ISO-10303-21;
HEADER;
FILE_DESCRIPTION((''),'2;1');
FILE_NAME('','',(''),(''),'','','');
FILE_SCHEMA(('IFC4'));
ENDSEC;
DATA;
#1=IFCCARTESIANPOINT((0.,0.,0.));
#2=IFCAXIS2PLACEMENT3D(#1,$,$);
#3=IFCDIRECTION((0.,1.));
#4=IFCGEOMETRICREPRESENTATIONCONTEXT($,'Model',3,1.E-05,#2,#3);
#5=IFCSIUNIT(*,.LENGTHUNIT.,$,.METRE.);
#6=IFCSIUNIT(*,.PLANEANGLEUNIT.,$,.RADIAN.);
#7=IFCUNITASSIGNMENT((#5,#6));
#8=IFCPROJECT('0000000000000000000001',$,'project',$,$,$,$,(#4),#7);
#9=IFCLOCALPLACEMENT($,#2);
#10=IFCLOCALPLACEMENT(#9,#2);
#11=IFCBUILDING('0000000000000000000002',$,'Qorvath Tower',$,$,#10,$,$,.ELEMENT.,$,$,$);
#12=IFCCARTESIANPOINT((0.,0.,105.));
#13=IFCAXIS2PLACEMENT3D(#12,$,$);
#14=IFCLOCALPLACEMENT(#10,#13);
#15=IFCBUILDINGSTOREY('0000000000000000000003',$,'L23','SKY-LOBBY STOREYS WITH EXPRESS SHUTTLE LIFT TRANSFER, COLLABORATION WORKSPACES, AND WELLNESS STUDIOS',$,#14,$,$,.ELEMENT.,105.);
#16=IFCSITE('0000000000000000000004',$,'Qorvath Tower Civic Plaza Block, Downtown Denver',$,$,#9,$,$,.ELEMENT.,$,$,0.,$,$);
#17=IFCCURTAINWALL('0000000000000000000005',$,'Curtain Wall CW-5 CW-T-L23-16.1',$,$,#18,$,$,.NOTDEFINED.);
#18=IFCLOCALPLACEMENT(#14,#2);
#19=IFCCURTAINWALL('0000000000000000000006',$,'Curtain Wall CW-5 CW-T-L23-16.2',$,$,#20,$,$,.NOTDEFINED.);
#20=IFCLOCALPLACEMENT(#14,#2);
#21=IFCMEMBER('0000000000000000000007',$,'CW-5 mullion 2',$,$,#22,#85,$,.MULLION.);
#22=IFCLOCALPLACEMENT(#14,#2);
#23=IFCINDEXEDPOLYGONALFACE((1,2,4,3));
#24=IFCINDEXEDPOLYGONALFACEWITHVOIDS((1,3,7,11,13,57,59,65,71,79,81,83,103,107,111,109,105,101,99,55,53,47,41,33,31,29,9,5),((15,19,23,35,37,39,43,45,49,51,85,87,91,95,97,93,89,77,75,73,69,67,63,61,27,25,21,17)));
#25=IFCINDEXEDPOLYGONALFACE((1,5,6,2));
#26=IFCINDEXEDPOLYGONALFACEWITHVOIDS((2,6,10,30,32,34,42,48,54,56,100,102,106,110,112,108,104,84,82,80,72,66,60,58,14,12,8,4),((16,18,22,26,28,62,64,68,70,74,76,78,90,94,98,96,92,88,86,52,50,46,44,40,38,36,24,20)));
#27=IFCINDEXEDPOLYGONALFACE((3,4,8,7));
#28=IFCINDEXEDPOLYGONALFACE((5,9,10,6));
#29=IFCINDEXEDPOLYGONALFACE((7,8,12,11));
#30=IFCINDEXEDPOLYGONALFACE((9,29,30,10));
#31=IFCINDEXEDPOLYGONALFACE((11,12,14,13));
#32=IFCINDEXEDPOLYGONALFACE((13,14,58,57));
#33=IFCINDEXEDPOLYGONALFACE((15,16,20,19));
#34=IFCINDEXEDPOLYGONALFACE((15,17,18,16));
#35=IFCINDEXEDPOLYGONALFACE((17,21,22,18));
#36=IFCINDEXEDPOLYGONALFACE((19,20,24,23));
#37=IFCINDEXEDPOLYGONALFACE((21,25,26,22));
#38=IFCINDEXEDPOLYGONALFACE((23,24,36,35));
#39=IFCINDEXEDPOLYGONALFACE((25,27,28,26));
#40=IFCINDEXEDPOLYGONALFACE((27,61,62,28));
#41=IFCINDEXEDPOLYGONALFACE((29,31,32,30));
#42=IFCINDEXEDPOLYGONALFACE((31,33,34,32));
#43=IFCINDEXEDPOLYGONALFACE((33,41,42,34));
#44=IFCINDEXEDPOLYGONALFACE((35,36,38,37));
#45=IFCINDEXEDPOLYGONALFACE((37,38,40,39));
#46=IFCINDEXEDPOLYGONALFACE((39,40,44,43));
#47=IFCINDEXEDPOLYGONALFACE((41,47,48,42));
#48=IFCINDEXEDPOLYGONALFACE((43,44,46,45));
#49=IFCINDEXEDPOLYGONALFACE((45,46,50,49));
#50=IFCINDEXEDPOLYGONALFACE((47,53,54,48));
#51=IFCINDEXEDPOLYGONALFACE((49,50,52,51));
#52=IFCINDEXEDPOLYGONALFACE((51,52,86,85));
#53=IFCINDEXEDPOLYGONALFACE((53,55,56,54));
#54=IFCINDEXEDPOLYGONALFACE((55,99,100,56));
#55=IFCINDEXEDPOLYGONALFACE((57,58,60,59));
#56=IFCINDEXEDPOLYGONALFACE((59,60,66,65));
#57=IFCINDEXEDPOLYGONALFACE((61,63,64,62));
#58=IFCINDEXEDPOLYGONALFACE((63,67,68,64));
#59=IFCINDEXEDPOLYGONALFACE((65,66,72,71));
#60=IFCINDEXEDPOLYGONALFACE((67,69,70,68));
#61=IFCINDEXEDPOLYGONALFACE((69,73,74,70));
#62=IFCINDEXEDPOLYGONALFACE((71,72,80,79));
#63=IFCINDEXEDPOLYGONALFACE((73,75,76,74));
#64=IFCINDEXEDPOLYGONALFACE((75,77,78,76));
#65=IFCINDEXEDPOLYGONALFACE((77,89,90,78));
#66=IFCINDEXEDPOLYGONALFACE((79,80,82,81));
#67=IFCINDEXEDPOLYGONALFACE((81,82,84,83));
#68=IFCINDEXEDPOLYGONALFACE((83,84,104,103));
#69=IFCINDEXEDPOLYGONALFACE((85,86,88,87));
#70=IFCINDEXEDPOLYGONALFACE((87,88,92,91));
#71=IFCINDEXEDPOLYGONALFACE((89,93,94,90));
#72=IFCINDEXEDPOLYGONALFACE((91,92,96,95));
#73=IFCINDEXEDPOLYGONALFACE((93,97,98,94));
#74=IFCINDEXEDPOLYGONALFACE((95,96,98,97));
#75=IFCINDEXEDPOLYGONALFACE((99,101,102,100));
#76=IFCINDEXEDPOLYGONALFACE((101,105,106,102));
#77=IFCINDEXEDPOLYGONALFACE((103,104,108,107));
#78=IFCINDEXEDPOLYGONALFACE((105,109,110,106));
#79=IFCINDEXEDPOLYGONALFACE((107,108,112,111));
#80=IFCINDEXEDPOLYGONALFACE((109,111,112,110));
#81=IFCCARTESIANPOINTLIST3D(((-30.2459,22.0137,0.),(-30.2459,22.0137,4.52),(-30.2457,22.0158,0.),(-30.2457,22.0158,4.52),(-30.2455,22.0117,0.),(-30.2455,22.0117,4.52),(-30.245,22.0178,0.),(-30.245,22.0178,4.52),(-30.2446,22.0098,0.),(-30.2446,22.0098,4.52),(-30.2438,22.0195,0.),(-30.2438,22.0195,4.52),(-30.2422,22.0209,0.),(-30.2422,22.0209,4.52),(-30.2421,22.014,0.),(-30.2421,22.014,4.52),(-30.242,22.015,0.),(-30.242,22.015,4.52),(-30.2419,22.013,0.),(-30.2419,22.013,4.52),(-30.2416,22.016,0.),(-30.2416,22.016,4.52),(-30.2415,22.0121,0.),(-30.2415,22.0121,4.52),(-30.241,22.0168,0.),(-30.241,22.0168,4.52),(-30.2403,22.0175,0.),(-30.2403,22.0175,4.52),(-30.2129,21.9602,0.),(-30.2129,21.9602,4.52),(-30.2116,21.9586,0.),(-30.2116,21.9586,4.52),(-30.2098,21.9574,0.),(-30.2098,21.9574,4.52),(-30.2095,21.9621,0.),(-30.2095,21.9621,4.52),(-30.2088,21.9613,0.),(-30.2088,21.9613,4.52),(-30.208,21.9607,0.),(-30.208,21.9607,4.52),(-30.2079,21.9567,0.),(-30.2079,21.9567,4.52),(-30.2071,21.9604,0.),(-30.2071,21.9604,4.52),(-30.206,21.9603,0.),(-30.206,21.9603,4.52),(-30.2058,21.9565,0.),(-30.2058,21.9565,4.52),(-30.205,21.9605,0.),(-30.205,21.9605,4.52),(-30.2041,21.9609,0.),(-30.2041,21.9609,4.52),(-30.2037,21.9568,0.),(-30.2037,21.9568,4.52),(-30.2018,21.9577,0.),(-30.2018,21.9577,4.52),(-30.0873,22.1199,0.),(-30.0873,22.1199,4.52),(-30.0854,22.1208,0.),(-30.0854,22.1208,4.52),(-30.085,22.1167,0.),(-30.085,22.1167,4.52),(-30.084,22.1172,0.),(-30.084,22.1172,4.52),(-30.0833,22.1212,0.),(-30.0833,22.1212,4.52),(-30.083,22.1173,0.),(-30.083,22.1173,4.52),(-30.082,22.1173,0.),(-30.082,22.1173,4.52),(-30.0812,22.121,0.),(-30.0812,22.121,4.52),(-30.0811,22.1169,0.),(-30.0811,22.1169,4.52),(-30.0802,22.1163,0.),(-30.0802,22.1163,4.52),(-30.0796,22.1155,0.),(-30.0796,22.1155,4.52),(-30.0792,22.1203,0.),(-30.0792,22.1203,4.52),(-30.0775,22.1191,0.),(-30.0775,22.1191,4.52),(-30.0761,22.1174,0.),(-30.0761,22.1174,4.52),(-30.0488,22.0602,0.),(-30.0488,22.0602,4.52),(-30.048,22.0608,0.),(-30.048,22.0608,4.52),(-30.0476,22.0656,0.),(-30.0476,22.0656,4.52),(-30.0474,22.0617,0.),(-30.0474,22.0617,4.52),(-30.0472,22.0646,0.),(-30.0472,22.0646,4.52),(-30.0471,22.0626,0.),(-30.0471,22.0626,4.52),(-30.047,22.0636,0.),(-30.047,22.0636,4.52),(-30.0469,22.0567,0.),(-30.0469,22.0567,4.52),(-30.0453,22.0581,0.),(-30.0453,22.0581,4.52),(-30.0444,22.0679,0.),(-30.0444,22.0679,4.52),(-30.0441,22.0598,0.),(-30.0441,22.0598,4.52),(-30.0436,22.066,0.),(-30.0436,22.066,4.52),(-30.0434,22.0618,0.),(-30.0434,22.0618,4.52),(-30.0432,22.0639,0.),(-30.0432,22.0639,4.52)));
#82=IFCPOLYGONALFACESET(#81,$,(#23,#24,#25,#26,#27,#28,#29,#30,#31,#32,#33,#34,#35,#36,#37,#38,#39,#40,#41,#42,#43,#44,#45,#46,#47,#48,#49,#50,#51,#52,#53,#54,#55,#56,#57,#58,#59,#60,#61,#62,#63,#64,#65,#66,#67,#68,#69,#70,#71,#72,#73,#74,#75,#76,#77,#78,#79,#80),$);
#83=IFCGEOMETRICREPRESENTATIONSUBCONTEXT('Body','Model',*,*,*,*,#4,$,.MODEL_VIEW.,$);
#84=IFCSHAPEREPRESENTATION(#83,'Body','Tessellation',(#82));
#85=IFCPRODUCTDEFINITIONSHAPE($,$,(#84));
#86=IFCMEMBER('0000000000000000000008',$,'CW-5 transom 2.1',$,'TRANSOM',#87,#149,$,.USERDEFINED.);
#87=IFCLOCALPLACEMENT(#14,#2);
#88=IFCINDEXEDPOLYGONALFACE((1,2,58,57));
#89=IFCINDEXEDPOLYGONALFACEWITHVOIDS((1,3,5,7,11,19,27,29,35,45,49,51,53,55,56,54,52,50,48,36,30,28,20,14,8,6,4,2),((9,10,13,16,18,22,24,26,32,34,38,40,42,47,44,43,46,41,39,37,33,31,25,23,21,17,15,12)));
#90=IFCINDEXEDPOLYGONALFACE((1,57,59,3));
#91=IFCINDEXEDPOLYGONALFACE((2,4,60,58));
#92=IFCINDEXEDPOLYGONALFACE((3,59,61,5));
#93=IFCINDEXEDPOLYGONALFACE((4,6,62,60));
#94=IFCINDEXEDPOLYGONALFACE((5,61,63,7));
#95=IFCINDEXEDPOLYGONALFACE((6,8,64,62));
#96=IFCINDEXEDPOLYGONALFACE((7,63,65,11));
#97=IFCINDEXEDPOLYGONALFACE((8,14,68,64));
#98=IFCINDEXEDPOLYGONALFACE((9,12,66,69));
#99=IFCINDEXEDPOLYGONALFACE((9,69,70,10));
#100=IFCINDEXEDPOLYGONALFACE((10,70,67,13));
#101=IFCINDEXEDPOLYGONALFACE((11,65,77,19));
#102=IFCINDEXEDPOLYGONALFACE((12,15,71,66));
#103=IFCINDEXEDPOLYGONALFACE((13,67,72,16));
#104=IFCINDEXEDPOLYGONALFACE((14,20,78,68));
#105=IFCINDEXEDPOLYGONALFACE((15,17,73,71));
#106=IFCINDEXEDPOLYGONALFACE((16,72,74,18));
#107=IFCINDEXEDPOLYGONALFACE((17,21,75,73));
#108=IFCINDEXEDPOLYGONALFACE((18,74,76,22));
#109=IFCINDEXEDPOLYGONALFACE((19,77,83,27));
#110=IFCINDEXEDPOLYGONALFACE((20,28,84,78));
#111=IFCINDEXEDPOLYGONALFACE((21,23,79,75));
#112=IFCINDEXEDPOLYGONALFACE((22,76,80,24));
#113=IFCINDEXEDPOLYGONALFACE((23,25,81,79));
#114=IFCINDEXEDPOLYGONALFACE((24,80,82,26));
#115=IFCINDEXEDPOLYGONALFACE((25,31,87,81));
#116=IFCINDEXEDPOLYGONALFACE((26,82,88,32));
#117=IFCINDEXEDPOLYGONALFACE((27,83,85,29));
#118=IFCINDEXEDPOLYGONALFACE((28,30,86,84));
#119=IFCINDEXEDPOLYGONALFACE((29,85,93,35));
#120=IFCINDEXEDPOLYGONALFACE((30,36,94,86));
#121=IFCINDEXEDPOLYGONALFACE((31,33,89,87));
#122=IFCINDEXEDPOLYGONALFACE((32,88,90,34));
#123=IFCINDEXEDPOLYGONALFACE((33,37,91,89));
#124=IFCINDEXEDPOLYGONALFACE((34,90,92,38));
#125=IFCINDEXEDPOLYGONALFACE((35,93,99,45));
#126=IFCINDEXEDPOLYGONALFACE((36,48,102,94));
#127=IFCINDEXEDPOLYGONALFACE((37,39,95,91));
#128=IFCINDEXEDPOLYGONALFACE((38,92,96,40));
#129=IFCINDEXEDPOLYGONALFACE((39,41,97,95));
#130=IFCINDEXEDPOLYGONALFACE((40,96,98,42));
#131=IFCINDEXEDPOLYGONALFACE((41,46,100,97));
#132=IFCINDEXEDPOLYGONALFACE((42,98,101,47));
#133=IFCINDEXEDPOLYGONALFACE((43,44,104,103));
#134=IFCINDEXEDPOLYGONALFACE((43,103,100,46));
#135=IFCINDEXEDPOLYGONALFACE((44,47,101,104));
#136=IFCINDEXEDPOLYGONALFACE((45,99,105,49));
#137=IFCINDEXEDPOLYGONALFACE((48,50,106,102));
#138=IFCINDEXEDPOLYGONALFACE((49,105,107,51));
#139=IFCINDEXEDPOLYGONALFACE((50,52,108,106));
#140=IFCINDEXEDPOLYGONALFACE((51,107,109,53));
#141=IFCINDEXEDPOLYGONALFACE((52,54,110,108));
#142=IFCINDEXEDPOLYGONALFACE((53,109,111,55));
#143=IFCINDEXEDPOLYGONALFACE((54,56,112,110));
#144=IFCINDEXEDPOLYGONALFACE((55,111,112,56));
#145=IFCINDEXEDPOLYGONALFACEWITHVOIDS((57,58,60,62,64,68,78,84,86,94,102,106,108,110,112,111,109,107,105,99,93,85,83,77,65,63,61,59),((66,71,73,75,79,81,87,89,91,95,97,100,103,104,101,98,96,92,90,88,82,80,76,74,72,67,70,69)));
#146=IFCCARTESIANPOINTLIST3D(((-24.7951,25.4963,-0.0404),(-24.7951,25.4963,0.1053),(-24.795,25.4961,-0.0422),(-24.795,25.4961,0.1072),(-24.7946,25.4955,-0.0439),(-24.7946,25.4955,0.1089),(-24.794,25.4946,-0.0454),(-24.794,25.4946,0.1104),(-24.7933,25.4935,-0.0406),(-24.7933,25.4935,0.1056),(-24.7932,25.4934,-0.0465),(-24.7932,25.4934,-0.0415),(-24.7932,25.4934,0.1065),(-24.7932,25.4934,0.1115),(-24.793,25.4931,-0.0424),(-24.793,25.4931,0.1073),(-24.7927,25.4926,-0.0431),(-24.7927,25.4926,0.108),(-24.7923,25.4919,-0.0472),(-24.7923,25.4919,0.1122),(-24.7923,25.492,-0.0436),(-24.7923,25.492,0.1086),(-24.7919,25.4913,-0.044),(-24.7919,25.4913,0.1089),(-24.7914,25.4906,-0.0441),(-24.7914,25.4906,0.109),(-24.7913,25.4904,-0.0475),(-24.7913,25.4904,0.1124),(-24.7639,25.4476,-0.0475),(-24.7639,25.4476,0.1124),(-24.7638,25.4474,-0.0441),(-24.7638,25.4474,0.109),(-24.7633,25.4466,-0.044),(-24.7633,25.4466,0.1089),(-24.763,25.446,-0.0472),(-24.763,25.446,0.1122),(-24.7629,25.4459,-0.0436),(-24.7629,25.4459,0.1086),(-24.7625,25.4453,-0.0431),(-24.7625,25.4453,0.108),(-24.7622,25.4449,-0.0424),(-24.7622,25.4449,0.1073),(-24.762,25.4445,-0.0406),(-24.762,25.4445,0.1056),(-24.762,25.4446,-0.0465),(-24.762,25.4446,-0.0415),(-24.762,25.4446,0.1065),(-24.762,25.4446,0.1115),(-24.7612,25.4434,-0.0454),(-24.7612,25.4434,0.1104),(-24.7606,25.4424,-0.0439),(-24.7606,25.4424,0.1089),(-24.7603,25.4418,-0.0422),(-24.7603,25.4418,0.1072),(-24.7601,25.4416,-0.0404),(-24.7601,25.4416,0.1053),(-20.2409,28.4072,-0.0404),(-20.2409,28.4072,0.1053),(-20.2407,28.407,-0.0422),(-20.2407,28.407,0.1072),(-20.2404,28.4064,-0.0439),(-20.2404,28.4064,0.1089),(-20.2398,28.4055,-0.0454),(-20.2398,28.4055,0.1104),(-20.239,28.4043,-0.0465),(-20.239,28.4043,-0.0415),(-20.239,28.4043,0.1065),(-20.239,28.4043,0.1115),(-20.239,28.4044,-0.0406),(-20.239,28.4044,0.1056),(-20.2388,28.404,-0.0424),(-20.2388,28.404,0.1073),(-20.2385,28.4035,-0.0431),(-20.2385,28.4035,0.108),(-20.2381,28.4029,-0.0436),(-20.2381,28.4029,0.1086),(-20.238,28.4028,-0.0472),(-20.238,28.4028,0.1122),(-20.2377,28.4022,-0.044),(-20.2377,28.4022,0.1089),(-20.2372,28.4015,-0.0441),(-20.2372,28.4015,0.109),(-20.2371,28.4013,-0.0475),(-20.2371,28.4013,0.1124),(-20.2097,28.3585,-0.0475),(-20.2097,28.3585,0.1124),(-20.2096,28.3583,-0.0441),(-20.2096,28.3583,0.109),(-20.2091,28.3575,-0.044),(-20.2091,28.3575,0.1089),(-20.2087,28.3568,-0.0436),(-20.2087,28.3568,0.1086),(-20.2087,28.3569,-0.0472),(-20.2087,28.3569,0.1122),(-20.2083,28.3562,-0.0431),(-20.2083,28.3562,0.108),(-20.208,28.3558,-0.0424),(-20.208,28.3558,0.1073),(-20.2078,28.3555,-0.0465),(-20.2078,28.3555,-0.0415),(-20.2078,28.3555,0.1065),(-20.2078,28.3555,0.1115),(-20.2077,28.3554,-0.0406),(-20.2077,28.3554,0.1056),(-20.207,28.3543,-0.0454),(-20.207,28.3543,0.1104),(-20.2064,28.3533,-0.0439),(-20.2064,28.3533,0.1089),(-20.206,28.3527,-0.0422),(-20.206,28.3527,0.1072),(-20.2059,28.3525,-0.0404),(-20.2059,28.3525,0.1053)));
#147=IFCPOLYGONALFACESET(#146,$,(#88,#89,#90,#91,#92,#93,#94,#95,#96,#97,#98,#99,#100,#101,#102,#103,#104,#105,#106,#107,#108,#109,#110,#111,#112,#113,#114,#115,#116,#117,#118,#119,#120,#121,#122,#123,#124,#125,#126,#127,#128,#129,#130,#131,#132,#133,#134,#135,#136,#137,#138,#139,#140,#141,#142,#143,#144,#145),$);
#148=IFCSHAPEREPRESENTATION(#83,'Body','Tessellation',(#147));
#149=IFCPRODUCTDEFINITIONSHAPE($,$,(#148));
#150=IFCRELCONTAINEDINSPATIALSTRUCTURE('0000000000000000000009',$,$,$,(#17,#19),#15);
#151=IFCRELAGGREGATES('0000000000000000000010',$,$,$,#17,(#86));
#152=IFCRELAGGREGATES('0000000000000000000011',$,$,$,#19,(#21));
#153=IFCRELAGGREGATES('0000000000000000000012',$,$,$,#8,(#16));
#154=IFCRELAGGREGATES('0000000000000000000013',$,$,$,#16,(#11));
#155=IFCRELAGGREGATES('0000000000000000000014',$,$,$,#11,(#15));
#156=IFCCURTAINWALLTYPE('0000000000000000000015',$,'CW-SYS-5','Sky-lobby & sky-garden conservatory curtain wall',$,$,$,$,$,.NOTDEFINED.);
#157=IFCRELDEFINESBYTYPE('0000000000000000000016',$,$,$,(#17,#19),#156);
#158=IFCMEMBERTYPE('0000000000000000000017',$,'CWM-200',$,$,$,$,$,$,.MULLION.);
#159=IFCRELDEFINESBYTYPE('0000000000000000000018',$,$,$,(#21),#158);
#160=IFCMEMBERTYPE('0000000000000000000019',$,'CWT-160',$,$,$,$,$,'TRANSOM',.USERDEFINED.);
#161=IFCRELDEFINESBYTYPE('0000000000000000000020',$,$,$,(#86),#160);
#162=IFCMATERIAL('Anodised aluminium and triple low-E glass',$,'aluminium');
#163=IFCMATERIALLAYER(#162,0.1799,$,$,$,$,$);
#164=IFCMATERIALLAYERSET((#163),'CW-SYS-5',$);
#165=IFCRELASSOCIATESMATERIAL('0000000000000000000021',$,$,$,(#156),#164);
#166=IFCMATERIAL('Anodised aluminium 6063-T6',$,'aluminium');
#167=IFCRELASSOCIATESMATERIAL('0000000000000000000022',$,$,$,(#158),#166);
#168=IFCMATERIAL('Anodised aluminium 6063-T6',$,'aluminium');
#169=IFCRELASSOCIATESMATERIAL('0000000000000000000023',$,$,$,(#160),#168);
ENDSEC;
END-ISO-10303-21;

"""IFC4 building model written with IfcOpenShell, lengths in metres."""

from ifc_helpers import new_model, si_unit, direction, frame, origin, origin_2d, place, context, subcontext, project, spatial, hollow_rectangle, extrude, material, layer, layer_set, material_profile, profile_set, type_object, element, aggregate, save


model = new_model("IFC4")

# Units and contexts
model_context = context("Model", 3, precision=1e-05, world=origin(), true_north=direction((0.0, 1.0)))
body_context = subcontext(model_context, "Body", "Model", "MODEL_VIEW")
ifc_project = project(units=[si_unit("LENGTHUNIT", "METRE"), si_unit("PLANEANGLEUNIT", "RADIAN")], contexts=[model_context])

# Site, building, storey
site_placement = place(None, origin())
site = spatial("IfcSite", under=ifc_project, at=site_placement, Name="Qorvath Tower Civic Plaza Block, Downtown Denver", CompositionType="ELEMENT", RefElevation=0.0)
building_placement = place(site_placement, origin())
building = spatial("IfcBuilding", under=site, at=building_placement, Name="Qorvath Tower", CompositionType="ELEMENT")
storey_placement = place(building_placement, frame((0.0, 0.0, 105.0)))
storey = spatial("IfcBuildingStorey", under=building, at=storey_placement, Name="L23", Description="SKY-LOBBY STOREYS WITH EXPRESS SHUTTLE LIFT TRANSFER, COLLABORATION WORKSPACES, AND WELLNESS STUDIOS", CompositionType="ELEMENT", Elevation=105.0)

# Curtain wall
ifc_material_1 = material(Name="Anodised aluminium and triple low-E glass", Category="aluminium")
ifc_layer_1 = layer(ifc_material_1, 0.1799)
ifc_layer_set_1 = layer_set([ifc_layer_1], Name="CW-SYS-5")
curtain_wall_type = type_object("IfcCurtainWallType", Name="CW-SYS-5", Description="Sky-lobby & sky-garden conservatory curtain wall", PredefinedType="NOTDEFINED", material=ifc_layer_set_1)
curtain_wall_1_placement = place(storey_placement, origin())
curtain_wall_1 = element("IfcCurtainWall", 1, at=curtain_wall_1_placement, inside=storey, type_object=curtain_wall_type, Name="Curtain Wall CW-5 CW-T-L23-16.1", PredefinedType="NOTDEFINED")
ifc_material_2 = material(Name="Anodised aluminium 6063-T6", Category="aluminium")
ifc_material_profile_1 = material_profile(ifc_material_2, hollow_rectangle(XDim=0.075, YDim=0.2, WallThickness=0.0039, InnerFilletRadius=0.0039, OuterFilletRadius=0.0081, at=origin_2d()), Name="CWM 200x75")
ifc_profile_set_1 = profile_set([ifc_material_profile_1], Name="Anodised aluminium 6063-T6")
member_type_1 = type_object("IfcMemberType", Name="CWM-200", PredefinedType="MULLION", material=ifc_profile_set_1)

# Curtain wall, member
curtain_wall_2_placement = place(storey_placement, origin())
curtain_wall_2 = element("IfcCurtainWall", 2, at=curtain_wall_2_placement, inside=storey, type_object=curtain_wall_type, Name="Curtain Wall CW-5 CW-T-L23-16.2", PredefinedType="NOTDEFINED")
member_1_placement = place(storey_placement, frame((-30.1445, 22.0388, 0.0), z_axis=(0.0, 0.0, 1.0), x_axis=(0.538543, -0.842598, 0.0)))
member_1 = element("IfcMember", 3, at=member_1_placement, type_object=member_type_1, Name="CW-5 mullion 2", PredefinedType="MULLION", context=body_context, shape_type="SweptSolid", body=[
    extrude(hollow_rectangle(XDim=0.075, YDim=0.2, WallThickness=0.0039, InnerFilletRadius=0.0039, OuterFilletRadius=0.0081, at=origin_2d()), origin(), (0.0, 0.0, 1.0), 4.52),
])

# Member
ifc_material_3 = material(Name="Anodised aluminium 6063-T6", Category="aluminium")
ifc_material_profile_2 = material_profile(ifc_material_3, hollow_rectangle(XDim=0.0649, YDim=0.1599, WallThickness=0.0034, InnerFilletRadius=0.0034, OuterFilletRadius=0.0071, at=origin_2d()), Name="CWT 160x65")
ifc_profile_set_2 = profile_set([ifc_material_profile_2], Name="Anodised aluminium 6063-T6")
member_type_2 = type_object("IfcMemberType", Name="CWT-160", ElementType="TRANSOM", PredefinedType="USERDEFINED", material=ifc_profile_set_2)
member_2_placement = place(storey_placement, frame((-20.2234, 28.3799, 0.0325), z_axis=(-0.84259, -0.538555, 0.0), x_axis=(0.538555, -0.84259, 0.0)))
member_2 = element("IfcMember", 4, at=member_2_placement, type_object=member_type_2, Name="CW-5 transom 2.1", ObjectType="TRANSOM", PredefinedType="USERDEFINED", context=body_context, shape_type="SweptSolid", body=[
    extrude(hollow_rectangle(XDim=0.0649, YDim=0.1599, WallThickness=0.0034, InnerFilletRadius=0.0034, OuterFilletRadius=0.0071, at=origin_2d()), origin(), (0.0, 0.0, 1.0), 5.405),
])

aggregate(curtain_wall_1, [member_2])
aggregate(curtain_wall_2, [member_1])

save(model, "model.ifc")
